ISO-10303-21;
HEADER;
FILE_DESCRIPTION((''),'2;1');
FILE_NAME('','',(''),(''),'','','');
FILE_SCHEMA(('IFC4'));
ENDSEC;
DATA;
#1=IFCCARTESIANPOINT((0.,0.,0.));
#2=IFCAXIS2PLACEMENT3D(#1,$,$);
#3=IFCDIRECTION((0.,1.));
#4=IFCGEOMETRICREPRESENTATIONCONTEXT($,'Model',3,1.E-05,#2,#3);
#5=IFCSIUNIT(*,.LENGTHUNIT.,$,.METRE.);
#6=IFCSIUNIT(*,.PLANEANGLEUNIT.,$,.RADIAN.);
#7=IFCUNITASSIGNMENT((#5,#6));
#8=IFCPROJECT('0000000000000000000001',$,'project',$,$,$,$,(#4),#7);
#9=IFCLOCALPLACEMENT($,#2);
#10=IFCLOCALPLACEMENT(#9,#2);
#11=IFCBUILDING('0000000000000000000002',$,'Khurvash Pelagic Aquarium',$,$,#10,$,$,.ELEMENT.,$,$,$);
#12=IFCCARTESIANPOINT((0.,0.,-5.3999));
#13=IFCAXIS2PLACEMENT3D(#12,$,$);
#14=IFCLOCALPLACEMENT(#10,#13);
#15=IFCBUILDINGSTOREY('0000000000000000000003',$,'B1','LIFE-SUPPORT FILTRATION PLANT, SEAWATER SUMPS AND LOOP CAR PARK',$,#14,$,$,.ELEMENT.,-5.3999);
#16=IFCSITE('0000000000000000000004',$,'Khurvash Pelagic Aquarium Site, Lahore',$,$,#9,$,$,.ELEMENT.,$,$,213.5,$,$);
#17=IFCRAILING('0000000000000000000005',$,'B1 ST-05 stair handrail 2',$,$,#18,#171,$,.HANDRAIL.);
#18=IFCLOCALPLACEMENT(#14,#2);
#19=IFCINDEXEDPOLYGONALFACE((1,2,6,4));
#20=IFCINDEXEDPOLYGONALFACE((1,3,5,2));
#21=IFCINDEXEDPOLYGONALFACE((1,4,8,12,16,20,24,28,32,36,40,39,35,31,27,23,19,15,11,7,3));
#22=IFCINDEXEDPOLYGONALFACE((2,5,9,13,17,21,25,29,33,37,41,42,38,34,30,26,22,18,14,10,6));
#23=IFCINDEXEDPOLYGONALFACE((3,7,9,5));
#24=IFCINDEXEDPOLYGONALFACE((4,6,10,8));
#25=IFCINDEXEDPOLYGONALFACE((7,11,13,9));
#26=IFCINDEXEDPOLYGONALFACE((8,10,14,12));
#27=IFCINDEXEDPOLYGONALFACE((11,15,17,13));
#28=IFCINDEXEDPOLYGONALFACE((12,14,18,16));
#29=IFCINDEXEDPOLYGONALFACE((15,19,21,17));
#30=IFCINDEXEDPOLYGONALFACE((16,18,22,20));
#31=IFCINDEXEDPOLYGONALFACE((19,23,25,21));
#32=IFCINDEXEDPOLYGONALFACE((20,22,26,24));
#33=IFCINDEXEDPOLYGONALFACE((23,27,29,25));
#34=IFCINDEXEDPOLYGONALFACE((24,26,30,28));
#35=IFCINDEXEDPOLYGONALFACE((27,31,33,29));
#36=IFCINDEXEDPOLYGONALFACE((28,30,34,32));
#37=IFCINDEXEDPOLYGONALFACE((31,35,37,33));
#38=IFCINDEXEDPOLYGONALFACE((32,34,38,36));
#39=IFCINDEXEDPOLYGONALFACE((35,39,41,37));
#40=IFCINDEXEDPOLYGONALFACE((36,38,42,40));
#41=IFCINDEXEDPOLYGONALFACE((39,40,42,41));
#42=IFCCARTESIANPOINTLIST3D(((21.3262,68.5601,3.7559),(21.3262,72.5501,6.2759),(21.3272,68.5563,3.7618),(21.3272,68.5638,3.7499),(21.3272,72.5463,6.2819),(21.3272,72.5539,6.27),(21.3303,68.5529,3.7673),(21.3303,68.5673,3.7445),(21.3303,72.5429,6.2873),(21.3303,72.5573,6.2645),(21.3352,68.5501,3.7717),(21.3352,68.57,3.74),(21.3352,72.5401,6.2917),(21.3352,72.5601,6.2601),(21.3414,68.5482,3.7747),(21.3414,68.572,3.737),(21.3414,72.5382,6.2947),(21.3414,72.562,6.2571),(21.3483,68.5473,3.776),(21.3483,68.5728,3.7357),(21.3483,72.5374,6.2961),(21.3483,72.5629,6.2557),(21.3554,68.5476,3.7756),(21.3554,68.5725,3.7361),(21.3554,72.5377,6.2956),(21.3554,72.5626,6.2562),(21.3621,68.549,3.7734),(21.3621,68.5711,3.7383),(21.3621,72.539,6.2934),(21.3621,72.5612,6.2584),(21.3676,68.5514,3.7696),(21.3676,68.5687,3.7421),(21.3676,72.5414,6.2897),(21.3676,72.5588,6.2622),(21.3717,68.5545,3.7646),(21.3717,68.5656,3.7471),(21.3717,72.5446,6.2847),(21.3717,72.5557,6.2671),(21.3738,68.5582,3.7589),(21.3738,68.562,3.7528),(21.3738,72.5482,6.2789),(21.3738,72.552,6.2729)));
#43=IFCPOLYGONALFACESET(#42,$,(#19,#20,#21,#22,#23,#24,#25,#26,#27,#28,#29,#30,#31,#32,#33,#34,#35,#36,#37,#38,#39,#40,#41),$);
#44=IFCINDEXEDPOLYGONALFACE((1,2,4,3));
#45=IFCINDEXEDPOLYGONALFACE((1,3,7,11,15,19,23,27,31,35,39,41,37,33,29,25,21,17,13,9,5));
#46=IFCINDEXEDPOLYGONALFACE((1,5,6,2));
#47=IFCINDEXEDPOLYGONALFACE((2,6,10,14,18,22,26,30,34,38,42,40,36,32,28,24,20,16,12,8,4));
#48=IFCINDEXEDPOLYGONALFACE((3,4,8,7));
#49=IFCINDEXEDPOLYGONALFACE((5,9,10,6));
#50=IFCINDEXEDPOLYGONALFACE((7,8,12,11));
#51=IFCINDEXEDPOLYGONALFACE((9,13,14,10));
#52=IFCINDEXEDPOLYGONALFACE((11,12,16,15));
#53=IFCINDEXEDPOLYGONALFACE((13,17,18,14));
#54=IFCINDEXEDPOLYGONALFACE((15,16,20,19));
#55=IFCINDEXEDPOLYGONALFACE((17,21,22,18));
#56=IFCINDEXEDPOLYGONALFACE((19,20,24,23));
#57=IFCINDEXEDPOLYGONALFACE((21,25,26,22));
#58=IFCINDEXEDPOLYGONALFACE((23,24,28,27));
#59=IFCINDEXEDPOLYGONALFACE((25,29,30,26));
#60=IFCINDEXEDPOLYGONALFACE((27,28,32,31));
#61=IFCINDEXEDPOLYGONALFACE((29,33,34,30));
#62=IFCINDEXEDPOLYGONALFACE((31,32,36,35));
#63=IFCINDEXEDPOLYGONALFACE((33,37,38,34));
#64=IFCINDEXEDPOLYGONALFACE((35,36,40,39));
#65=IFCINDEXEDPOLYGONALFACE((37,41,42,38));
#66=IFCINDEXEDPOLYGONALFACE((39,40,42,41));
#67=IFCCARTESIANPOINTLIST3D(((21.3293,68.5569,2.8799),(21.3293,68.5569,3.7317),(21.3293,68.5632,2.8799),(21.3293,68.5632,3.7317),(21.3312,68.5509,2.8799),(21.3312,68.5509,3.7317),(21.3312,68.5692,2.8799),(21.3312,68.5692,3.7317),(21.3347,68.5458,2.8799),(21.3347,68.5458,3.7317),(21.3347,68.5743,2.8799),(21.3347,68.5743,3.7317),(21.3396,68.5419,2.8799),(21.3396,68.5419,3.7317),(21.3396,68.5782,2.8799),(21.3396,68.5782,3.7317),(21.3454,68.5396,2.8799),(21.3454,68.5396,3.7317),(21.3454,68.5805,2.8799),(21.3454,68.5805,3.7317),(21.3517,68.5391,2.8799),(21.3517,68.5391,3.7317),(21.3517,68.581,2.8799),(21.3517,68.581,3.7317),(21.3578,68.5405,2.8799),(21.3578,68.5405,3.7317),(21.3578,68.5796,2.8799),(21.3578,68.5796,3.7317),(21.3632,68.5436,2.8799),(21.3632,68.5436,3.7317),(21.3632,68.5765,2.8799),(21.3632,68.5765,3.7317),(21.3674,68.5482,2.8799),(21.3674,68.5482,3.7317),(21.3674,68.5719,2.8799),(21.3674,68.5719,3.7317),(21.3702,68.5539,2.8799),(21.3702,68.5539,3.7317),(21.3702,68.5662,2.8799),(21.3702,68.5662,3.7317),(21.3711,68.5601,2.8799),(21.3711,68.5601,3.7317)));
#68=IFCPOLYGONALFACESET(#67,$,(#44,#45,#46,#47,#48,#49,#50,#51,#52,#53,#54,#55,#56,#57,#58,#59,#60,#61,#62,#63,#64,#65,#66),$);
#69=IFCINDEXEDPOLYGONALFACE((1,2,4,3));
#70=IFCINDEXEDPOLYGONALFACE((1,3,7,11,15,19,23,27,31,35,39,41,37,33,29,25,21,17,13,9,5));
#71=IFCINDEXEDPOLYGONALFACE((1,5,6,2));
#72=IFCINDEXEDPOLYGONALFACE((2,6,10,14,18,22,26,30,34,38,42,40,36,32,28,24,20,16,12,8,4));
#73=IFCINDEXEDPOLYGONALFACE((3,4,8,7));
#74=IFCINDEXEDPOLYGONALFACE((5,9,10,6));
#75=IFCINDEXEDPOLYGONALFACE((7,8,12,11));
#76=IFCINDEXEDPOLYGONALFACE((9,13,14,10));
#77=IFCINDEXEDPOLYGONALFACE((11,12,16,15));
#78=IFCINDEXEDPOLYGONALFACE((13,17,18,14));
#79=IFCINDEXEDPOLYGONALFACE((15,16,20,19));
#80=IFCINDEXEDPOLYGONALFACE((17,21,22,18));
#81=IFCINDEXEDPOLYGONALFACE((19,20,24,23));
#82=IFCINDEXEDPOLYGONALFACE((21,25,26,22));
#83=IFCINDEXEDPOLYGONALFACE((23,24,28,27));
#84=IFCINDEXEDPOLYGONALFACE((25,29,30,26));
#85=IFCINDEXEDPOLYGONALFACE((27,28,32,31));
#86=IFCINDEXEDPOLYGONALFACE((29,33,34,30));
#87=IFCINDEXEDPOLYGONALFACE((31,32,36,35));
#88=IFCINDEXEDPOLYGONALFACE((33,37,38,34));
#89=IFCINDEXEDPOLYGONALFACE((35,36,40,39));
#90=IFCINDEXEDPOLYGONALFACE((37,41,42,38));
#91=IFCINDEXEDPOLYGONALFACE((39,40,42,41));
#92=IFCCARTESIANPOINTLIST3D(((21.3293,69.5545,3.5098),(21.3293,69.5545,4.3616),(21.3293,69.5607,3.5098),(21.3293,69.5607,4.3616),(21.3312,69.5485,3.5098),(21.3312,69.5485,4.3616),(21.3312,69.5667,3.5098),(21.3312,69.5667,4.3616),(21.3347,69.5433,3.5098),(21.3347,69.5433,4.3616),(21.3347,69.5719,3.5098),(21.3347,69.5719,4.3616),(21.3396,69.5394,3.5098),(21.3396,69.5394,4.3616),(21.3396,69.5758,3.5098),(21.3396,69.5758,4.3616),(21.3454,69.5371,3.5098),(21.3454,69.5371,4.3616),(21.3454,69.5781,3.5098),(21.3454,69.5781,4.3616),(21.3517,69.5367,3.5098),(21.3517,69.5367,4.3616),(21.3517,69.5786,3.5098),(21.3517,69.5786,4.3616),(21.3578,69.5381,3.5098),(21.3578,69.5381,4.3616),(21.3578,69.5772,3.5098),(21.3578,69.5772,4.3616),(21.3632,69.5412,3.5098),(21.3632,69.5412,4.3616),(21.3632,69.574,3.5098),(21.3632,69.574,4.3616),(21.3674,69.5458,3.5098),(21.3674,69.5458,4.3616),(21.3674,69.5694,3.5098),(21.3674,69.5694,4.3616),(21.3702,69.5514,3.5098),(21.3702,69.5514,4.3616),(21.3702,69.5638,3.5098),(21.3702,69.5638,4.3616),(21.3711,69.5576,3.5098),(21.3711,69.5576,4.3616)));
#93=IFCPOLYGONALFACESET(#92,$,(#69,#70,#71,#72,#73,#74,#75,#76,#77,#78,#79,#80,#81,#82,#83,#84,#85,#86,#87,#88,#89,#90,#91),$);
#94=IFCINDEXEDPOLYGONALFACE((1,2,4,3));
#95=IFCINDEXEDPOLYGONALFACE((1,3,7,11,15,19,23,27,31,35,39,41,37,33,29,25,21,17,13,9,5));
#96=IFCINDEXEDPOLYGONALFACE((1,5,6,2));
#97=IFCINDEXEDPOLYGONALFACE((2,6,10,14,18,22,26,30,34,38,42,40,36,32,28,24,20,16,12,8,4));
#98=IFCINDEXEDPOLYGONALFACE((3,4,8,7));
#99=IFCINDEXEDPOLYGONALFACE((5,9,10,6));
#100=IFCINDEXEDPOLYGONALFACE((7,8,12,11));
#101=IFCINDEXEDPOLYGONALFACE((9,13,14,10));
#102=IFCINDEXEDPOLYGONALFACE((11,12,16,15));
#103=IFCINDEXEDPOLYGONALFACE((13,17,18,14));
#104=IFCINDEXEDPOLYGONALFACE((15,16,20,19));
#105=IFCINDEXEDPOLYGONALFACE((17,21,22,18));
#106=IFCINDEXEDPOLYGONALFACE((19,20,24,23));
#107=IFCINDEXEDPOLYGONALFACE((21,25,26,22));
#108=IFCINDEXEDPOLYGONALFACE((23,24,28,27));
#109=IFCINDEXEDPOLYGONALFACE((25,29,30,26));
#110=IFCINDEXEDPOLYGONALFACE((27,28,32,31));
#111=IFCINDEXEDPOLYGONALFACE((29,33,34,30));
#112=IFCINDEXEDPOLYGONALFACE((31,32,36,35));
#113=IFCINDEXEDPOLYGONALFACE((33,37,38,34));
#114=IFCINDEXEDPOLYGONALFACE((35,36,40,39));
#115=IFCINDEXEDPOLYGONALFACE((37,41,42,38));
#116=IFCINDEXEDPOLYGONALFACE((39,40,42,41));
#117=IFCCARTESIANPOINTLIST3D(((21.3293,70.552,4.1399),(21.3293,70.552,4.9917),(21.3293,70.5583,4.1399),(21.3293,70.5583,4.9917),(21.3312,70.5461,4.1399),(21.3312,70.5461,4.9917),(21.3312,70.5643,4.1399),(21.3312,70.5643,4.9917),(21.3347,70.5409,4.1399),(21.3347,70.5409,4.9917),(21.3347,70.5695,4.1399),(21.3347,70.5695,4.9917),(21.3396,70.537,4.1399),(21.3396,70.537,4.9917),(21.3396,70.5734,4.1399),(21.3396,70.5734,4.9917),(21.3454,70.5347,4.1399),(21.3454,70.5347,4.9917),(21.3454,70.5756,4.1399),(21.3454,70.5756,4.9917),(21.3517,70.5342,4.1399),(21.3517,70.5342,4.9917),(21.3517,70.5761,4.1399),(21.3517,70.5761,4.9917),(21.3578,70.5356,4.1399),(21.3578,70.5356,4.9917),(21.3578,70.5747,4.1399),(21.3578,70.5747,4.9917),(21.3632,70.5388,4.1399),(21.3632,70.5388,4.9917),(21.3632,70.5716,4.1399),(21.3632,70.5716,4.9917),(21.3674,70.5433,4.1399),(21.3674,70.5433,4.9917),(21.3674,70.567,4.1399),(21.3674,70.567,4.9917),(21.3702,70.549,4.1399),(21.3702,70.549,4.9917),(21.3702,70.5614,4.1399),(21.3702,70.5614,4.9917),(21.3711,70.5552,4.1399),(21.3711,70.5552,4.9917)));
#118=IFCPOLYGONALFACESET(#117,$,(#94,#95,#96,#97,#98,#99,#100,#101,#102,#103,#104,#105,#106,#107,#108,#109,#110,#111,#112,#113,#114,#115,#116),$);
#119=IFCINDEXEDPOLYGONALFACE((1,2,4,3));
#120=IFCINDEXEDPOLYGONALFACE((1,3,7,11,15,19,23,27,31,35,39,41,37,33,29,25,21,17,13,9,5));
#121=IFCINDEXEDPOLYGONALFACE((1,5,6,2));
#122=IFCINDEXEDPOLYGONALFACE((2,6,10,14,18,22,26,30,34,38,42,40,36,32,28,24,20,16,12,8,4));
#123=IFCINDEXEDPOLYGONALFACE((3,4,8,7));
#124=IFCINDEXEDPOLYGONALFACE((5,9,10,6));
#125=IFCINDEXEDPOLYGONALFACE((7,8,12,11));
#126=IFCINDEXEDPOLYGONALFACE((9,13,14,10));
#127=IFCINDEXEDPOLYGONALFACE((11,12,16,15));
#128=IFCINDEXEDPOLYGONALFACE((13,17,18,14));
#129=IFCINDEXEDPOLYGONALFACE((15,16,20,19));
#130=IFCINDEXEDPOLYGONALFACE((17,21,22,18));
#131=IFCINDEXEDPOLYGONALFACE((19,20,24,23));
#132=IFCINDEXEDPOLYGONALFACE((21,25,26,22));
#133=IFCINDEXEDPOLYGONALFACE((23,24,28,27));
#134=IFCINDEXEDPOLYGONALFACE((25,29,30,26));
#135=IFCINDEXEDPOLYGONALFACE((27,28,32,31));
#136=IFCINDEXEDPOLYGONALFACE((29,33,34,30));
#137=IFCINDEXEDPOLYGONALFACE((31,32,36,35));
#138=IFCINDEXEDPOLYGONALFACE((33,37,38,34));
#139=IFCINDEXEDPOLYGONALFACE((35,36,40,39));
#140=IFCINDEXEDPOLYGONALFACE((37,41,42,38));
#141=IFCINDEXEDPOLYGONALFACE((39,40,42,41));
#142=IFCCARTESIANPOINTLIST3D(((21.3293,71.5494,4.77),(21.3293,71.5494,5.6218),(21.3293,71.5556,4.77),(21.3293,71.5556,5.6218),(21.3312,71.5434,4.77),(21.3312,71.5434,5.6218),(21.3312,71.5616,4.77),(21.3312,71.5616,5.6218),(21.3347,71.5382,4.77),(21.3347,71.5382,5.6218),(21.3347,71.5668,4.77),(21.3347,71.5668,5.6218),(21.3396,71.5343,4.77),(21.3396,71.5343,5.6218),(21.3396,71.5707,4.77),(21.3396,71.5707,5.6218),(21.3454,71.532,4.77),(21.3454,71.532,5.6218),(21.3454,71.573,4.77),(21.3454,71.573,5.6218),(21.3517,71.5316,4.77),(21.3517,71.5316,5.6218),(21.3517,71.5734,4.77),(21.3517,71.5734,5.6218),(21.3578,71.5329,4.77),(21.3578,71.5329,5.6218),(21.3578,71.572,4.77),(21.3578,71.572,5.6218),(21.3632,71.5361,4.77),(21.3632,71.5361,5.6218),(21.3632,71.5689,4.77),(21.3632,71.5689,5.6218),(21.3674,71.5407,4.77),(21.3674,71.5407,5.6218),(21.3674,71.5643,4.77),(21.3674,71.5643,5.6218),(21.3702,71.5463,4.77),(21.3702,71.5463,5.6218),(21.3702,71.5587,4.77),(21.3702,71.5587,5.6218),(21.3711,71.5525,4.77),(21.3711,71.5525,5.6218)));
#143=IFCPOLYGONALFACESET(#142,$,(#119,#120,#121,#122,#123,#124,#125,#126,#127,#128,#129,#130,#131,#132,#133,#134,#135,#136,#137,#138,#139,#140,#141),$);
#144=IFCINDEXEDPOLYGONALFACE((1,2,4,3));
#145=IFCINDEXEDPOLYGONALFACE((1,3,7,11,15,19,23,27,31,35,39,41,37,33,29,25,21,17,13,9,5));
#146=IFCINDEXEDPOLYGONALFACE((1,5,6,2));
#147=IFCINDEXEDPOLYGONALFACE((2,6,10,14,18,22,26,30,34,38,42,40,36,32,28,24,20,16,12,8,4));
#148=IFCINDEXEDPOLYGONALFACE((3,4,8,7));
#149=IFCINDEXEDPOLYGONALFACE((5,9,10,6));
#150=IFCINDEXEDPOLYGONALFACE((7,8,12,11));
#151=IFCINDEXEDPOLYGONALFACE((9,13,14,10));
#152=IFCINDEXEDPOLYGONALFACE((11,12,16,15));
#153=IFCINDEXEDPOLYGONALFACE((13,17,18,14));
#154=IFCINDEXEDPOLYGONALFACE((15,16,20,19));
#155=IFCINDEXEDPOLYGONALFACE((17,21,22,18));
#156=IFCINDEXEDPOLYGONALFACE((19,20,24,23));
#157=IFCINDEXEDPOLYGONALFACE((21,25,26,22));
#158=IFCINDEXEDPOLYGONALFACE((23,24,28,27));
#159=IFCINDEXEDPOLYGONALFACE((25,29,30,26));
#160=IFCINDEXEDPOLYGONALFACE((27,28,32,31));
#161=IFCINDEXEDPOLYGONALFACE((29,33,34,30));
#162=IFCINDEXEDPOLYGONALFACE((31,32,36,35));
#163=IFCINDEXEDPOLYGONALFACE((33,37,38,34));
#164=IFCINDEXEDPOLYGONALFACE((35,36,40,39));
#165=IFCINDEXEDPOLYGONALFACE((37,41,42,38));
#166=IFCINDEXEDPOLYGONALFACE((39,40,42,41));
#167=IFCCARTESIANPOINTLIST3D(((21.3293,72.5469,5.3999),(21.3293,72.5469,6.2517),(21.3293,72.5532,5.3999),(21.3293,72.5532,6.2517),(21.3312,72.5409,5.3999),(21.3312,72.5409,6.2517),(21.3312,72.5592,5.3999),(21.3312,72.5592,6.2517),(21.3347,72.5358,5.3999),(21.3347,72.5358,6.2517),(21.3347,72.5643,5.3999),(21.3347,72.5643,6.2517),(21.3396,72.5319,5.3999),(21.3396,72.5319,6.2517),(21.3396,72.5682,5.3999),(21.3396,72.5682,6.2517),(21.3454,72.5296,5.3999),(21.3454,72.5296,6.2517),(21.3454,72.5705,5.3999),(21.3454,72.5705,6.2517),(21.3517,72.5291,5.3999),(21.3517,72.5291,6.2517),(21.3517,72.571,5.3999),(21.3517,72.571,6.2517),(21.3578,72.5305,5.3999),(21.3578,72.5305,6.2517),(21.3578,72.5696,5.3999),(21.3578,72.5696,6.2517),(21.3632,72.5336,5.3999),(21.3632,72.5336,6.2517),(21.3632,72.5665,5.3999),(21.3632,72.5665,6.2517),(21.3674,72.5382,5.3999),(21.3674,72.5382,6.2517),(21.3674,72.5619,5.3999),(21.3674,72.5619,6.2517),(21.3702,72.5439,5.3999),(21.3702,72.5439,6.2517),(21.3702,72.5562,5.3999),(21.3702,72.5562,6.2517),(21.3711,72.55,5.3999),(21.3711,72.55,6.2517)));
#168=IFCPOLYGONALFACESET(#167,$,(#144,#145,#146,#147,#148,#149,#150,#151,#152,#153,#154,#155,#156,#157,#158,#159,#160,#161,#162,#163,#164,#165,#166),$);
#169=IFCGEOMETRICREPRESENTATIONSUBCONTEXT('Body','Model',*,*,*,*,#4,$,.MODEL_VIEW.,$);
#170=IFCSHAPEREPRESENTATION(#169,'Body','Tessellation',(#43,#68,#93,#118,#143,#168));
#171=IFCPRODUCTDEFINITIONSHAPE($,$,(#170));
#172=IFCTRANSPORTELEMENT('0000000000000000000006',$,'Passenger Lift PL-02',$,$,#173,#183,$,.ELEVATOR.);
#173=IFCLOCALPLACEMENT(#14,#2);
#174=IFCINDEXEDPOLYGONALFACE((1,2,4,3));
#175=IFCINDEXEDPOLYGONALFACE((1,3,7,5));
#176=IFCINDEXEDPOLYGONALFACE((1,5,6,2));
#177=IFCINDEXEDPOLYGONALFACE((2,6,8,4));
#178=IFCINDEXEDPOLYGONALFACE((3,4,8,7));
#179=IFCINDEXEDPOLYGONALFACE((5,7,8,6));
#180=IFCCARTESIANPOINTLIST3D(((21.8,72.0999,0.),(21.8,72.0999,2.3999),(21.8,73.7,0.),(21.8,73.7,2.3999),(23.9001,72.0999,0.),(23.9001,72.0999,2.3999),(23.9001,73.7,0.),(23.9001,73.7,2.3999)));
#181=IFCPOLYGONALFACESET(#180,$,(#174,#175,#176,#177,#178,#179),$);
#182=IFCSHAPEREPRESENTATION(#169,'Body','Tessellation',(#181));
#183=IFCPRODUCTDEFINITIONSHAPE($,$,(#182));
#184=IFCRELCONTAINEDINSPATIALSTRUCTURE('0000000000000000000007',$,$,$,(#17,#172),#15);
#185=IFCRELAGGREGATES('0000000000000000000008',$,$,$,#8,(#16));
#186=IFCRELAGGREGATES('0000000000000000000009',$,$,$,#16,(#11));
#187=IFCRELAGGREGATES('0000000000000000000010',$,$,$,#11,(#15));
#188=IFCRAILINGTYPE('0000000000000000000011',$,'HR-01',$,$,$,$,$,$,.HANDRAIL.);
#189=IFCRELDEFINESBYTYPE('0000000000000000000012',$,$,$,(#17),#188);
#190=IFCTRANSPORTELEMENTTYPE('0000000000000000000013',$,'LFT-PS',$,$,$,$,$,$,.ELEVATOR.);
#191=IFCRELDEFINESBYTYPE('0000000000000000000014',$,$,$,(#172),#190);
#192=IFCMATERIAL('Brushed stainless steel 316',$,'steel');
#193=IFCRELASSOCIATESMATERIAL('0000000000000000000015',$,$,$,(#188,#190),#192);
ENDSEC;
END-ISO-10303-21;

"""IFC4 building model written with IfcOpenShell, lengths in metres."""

from ifc_helpers import new_model, si_unit, direction, frame, origin, origin_2d, place, context, subcontext, project, spatial, rectangle, circle, extrude, material, type_object, element, save


model = new_model("IFC4")

# Units and contexts
model_context = context("Model", 3, precision=1e-05, world=origin(), true_north=direction((0.0, 1.0)))
body_context = subcontext(model_context, "Body", "Model", "MODEL_VIEW")
ifc_project = project(units=[si_unit("LENGTHUNIT", "METRE"), si_unit("PLANEANGLEUNIT", "RADIAN")], contexts=[model_context])

# Site, building, storey
site_placement = place(None, origin())
site = spatial("IfcSite", under=ifc_project, at=site_placement, Name="Khurvash Pelagic Aquarium Site, Lahore", CompositionType="ELEMENT", RefElevation=213.5)
building_placement = place(site_placement, origin())
building = spatial("IfcBuilding", under=site, at=building_placement, Name="Khurvash Pelagic Aquarium", CompositionType="ELEMENT")
storey_placement = place(building_placement, frame((0.0, 0.0, -5.3999)))
storey = spatial("IfcBuildingStorey", under=building, at=storey_placement, Name="B1", Description="LIFE-SUPPORT FILTRATION PLANT, SEAWATER SUMPS AND LOOP CAR PARK", CompositionType="ELEMENT", Elevation=-5.3999)

# Railing
ifc_material_1 = material(Name="Brushed stainless steel 316", Category="steel")
railing_type_1 = type_object("IfcRailingType", Name="HR-01", PredefinedType="HANDRAIL", material=ifc_material_1)
railing_1_placement = place(storey_placement, frame((21.3501, 68.5601, 2.8799)))
element("IfcRailing", 1, at=railing_1_placement, inside=storey, type_object=railing_type_1, Name="B1 ST-05 stair handrail 2", PredefinedType="HANDRAIL", context=body_context, shape_type="SweptSolid", body=[
    extrude(circle(Radius=0.0239, at=origin_2d()), frame((0.0, 0.0, 0.876), z_axis=(0.0, 0.845486, 0.533997), x_axis=(-1.0, 0.0, 0.0)), (0.0, 0.0, 1.0), 4.7192),
    extrude(circle(Radius=0.021, at=origin_2d()), origin(), (0.0, 0.0, 1.0), 0.8518),
    extrude(circle(Radius=0.021, at=origin_2d()), frame((0.0, 0.9976, 0.6299)), (0.0, 0.0, 1.0), 0.8518),
    extrude(circle(Radius=0.021, at=origin_2d()), frame((0.0, 1.9951, 1.26)), (0.0, 0.0, 1.0), 0.8518),
    extrude(circle(Radius=0.021, at=origin_2d()), frame((0.0, 2.9924, 1.8901)), (0.0, 0.0, 1.0), 0.8518),
    extrude(circle(Radius=0.021, at=origin_2d()), frame((0.0, 3.99, 2.52)), (0.0, 0.0, 1.0), 0.8518),
])

# Transport element
transport_element_type = type_object("IfcTransportElementType", Name="LFT-PS", PredefinedType="ELEVATOR", material=ifc_material_1)
transport_element_placement = place(storey_placement, frame((22.8501, 72.8999, 0.0), z_axis=(0.0, 0.0, 1.0), x_axis=(1.0, 0.0, 0.0)))
element("IfcTransportElement", 2, at=transport_element_placement, inside=storey, type_object=transport_element_type, Name="Passenger Lift PL-02", PredefinedType="ELEVATOR", context=body_context, shape_type="SweptSolid", body=[
    extrude(rectangle(XDim=2.1001, YDim=1.6001, at=origin_2d()), origin(), (0.0, 0.0, 1.0), 2.3999),
])

save(model, "model.ifc")
